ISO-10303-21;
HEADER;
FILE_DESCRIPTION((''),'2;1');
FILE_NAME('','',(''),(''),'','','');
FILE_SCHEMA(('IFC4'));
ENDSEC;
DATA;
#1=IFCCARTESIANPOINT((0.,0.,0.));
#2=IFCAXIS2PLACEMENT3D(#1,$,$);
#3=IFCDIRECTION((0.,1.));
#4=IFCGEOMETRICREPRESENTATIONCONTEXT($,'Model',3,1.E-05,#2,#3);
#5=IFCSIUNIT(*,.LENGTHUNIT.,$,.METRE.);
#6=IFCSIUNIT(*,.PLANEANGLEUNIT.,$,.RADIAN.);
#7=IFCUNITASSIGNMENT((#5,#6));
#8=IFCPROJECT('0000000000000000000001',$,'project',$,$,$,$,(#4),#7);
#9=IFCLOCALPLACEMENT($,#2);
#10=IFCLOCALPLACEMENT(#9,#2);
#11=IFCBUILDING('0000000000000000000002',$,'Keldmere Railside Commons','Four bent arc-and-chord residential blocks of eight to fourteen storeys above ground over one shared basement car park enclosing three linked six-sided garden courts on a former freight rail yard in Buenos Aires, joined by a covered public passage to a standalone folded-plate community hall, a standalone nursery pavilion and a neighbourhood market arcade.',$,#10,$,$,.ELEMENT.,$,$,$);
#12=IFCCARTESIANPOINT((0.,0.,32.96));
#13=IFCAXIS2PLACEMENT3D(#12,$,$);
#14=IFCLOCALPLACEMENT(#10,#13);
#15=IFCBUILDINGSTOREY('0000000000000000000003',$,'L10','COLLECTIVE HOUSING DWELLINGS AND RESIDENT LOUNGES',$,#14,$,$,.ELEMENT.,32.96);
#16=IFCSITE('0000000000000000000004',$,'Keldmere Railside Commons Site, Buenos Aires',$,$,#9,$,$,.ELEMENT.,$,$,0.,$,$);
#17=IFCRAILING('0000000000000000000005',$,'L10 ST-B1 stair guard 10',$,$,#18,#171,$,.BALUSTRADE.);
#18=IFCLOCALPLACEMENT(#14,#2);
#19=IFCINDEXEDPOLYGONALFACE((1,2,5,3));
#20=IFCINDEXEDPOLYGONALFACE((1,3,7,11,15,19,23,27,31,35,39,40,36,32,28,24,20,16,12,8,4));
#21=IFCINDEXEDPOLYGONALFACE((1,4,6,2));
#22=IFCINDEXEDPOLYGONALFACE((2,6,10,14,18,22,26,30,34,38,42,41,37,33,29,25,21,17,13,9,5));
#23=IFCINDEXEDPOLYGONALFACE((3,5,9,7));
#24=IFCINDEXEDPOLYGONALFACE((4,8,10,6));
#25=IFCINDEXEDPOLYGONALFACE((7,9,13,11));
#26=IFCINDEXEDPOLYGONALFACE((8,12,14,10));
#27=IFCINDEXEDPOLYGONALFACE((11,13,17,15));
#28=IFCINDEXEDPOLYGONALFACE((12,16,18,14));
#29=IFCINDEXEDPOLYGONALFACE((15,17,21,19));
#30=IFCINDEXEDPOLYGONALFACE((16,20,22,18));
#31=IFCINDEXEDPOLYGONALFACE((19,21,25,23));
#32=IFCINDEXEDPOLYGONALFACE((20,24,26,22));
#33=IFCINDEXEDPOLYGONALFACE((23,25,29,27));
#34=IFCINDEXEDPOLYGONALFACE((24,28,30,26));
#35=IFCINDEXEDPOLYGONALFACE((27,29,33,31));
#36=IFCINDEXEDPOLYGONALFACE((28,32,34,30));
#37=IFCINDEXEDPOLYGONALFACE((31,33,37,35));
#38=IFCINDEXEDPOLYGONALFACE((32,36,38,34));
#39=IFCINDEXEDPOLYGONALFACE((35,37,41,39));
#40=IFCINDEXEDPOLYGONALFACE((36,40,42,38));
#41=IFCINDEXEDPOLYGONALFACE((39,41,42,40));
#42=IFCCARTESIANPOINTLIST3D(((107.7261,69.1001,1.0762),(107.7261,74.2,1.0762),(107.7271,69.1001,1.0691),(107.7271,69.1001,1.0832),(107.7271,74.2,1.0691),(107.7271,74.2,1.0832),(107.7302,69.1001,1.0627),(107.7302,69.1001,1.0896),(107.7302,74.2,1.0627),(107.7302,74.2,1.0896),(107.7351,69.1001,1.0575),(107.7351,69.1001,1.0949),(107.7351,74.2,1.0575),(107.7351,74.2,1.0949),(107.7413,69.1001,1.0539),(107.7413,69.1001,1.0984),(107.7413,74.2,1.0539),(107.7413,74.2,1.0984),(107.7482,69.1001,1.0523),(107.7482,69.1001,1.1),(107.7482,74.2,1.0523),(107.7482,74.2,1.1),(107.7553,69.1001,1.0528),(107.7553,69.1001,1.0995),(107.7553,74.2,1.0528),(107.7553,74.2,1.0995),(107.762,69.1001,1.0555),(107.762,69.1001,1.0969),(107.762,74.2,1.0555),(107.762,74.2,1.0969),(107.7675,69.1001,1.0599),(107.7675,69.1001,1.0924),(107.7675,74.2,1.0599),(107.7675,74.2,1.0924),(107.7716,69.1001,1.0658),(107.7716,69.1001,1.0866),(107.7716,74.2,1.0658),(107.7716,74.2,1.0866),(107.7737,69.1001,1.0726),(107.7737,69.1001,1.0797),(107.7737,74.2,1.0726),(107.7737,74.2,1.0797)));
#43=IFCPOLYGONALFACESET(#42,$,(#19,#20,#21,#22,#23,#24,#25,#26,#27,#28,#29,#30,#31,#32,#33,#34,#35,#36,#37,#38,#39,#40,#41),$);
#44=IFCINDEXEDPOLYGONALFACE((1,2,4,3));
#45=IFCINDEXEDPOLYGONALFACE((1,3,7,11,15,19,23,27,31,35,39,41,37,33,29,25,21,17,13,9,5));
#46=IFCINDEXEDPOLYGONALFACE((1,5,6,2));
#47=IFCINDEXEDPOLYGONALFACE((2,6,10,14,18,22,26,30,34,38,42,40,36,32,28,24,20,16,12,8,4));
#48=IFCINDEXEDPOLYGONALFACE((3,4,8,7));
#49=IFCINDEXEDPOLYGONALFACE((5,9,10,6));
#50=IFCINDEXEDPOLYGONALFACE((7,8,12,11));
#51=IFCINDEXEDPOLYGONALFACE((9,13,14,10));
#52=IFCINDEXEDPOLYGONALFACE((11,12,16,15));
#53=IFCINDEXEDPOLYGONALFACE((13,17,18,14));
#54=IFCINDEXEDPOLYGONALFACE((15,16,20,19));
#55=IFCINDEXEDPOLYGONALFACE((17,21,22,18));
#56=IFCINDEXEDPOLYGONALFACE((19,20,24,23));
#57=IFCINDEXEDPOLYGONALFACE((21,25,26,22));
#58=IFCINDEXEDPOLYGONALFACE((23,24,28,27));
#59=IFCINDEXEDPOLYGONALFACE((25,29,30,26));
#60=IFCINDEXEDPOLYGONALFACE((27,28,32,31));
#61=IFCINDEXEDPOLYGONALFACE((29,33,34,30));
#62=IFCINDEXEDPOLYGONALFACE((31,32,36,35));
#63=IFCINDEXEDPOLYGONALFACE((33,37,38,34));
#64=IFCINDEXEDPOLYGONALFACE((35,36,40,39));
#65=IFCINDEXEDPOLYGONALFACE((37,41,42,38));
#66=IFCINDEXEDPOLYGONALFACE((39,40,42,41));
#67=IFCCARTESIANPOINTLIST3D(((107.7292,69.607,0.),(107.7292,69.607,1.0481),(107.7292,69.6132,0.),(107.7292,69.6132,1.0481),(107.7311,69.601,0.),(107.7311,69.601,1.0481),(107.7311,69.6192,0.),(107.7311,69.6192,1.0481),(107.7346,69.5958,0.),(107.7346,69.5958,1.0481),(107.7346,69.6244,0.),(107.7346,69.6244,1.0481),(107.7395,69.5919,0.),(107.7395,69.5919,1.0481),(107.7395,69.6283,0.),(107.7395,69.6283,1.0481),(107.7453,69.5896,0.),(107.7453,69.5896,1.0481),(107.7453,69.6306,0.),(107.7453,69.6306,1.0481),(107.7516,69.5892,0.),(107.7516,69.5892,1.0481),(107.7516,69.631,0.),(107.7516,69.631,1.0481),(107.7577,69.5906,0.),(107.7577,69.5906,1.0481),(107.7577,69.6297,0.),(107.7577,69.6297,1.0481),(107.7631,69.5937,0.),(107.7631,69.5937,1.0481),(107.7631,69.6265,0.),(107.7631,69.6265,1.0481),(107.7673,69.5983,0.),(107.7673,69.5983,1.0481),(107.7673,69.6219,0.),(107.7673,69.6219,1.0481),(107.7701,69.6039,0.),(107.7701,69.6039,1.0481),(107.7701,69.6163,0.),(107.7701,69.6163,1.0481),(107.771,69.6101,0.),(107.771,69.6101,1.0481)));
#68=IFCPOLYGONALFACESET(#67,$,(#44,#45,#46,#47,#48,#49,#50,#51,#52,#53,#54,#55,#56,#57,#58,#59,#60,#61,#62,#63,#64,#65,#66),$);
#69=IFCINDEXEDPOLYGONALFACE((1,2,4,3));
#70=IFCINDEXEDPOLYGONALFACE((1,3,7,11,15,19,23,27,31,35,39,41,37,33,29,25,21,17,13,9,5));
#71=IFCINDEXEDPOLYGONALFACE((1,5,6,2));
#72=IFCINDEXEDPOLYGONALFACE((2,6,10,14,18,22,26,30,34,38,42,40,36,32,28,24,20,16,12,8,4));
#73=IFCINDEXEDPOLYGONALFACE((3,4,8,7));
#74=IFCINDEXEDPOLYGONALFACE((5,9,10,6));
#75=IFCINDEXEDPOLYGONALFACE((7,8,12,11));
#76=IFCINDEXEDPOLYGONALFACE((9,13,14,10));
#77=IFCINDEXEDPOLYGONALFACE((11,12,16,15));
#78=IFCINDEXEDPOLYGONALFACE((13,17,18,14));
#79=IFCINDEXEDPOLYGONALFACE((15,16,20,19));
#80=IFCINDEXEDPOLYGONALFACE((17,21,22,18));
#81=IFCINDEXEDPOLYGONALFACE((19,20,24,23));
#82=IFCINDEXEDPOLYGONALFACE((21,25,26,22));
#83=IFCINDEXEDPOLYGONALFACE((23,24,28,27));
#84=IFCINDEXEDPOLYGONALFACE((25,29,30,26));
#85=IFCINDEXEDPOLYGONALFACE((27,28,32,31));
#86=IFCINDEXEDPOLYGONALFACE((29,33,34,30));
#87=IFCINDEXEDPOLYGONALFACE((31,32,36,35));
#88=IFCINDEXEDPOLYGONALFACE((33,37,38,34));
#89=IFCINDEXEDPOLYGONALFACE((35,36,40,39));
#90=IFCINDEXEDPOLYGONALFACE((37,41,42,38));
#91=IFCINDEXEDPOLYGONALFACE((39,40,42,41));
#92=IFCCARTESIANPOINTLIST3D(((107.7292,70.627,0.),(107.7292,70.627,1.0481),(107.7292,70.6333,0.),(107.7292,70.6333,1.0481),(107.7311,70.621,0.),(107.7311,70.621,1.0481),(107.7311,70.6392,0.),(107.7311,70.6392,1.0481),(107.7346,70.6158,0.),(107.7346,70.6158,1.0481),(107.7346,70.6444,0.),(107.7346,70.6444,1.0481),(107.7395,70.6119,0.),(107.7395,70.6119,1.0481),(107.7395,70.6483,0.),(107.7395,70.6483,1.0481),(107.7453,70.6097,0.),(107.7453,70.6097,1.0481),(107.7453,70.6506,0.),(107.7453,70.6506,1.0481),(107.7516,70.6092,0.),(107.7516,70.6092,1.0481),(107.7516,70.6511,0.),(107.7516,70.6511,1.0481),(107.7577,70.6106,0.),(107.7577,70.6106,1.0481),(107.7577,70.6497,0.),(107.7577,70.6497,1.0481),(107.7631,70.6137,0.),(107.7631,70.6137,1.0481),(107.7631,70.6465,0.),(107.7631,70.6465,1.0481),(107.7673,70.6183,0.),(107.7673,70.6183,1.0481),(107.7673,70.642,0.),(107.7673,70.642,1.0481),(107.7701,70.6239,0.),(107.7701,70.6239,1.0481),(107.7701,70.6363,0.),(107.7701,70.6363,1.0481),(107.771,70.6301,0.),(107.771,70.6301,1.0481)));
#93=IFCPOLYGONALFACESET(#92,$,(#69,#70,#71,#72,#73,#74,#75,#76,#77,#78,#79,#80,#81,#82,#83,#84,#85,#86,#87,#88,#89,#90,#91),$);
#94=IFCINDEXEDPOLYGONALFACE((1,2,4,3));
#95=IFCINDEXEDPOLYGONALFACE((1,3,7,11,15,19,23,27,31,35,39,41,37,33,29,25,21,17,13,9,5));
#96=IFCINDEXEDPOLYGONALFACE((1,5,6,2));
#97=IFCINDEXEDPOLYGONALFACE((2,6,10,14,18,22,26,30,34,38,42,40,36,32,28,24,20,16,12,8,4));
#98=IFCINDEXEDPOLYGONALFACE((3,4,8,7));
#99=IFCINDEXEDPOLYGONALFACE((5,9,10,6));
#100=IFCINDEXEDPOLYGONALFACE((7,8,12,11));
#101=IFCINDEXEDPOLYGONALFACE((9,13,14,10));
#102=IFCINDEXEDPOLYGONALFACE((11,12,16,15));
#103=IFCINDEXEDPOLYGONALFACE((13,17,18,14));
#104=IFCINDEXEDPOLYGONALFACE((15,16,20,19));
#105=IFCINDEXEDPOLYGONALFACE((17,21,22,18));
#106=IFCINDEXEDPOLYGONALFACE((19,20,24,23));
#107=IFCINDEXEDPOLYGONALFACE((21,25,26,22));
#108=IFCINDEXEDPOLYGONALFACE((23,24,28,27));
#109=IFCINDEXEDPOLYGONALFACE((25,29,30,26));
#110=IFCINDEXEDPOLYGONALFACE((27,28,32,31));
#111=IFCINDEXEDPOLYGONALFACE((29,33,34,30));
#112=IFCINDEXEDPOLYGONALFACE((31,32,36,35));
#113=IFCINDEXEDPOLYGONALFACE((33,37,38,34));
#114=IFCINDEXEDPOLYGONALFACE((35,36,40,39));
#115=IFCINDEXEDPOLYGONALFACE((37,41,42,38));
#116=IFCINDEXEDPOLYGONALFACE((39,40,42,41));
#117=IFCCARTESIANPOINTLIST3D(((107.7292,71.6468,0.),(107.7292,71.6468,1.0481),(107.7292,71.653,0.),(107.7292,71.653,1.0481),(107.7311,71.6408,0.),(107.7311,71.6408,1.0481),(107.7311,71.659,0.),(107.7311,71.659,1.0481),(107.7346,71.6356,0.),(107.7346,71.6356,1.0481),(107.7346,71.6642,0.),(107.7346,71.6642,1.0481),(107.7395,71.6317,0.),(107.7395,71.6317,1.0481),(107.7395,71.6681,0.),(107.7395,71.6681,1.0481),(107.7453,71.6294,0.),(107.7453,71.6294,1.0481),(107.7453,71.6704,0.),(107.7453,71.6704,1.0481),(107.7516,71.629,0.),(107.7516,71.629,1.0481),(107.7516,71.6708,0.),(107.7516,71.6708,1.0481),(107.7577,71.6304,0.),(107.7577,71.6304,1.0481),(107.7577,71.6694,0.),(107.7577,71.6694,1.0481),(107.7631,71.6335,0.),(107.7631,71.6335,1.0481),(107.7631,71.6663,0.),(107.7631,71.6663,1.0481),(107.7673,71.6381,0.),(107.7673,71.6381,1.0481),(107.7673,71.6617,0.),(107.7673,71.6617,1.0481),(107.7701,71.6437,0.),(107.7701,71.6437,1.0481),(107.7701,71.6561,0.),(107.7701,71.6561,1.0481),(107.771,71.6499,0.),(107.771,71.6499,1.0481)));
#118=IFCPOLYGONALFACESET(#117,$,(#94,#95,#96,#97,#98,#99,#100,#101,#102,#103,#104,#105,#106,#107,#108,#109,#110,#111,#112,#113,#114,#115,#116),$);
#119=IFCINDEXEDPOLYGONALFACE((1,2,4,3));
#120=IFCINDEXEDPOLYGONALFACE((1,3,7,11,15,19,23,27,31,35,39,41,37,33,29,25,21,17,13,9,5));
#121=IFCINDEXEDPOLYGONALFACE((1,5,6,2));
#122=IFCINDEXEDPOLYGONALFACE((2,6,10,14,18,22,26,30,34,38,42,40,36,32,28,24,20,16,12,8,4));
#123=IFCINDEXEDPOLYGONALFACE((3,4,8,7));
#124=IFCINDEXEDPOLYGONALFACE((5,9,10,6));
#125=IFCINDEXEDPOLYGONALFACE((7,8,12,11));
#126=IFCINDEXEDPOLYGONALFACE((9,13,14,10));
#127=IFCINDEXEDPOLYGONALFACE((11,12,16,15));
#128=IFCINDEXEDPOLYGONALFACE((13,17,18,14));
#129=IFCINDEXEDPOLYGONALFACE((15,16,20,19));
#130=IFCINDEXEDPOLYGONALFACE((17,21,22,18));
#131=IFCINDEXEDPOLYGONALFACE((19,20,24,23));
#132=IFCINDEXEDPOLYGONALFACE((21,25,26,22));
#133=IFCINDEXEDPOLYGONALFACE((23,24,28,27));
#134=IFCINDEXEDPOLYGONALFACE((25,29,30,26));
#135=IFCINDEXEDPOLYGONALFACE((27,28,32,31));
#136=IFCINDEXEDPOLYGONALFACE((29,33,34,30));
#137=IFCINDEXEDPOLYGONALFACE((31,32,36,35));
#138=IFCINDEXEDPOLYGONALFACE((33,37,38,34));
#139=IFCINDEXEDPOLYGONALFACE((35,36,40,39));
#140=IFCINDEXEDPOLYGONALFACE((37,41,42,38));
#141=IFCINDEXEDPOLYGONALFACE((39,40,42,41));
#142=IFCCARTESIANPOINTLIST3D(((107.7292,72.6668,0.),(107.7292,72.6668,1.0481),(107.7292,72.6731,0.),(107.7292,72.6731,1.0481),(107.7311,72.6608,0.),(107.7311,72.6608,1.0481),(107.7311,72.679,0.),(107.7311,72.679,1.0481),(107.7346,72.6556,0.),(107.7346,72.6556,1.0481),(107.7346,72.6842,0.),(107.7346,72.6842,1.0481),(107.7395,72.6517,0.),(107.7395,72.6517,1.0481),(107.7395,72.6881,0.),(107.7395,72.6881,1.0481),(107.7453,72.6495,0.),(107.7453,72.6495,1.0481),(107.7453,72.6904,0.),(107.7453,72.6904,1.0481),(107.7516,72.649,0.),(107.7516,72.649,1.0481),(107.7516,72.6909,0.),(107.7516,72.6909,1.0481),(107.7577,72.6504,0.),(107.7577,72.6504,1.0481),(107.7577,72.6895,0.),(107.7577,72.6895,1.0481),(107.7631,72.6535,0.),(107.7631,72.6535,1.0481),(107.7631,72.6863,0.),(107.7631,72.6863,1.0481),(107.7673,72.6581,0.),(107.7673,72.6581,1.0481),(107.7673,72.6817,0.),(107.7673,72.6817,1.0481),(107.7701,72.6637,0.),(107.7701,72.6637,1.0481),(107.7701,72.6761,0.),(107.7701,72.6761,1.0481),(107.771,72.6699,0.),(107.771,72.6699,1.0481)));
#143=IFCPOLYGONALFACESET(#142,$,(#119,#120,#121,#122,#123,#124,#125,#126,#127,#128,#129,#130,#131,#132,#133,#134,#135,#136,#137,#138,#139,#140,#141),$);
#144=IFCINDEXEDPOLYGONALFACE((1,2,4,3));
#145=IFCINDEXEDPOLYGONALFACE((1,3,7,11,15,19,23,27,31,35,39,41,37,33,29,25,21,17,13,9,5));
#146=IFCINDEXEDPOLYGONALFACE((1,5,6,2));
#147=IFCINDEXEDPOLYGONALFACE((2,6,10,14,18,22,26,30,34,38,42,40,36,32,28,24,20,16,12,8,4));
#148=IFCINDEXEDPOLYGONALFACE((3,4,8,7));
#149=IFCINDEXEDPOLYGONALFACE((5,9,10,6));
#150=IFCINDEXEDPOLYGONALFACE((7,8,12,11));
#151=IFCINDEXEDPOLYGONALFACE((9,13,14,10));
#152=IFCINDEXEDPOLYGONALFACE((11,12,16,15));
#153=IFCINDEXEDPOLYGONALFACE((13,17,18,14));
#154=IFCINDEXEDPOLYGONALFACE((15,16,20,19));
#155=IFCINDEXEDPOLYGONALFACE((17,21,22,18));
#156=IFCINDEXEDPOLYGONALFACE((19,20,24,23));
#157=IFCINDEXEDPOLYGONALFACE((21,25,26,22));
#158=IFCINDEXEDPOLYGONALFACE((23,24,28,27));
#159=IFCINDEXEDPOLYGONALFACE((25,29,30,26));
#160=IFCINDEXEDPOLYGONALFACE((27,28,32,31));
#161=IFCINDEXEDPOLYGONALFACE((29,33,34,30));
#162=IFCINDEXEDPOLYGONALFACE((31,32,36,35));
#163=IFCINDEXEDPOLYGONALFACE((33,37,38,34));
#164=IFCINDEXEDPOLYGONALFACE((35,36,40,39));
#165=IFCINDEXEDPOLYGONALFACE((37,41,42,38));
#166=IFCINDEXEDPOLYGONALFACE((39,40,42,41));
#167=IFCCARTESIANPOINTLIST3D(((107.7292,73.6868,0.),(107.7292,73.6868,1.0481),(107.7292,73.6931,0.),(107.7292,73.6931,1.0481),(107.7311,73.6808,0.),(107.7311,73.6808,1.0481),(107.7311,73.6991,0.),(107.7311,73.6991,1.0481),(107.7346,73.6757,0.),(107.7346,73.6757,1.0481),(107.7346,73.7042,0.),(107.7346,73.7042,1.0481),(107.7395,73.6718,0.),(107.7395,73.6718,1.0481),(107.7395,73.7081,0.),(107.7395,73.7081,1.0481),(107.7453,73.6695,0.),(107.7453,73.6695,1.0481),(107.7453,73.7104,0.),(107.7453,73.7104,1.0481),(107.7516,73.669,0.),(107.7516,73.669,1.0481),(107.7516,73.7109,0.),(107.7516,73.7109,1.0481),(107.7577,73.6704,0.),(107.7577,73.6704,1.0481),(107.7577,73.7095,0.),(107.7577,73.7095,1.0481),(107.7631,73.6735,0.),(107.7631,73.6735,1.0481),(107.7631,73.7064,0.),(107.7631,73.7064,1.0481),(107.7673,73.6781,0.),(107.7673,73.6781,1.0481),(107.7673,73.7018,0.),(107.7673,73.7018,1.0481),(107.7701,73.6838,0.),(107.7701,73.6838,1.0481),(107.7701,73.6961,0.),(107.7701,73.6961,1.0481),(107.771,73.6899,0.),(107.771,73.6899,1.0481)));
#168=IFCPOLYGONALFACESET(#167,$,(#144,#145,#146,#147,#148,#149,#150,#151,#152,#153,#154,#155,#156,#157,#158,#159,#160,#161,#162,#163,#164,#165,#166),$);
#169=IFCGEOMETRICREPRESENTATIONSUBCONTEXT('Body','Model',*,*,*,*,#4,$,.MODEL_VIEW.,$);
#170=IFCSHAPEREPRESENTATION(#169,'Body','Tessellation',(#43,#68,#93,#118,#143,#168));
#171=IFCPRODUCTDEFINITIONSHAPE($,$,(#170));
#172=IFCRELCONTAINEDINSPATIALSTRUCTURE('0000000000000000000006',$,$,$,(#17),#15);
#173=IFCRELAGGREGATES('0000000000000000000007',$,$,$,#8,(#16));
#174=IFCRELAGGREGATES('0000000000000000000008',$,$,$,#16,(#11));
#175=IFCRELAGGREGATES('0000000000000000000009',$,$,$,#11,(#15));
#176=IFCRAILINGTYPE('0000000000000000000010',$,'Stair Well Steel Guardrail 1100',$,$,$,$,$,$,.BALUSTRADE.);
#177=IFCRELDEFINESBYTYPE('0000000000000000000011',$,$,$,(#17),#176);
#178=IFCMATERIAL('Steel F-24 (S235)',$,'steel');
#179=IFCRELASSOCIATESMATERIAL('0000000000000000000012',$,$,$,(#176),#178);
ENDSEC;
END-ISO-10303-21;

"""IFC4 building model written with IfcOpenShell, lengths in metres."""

from ifc_helpers import new_model, si_unit, direction, frame, origin, origin_2d, place, context, subcontext, project, spatial, circle, extrude, material, type_object, element, save


model = new_model("IFC4")

# Units and contexts
model_context = context("Model", 3, precision=1e-05, world=origin(), true_north=direction((0.0, 1.0)))
body_context = subcontext(model_context, "Body", "Model", "MODEL_VIEW")
ifc_project = project(units=[si_unit("LENGTHUNIT", "METRE"), si_unit("PLANEANGLEUNIT", "RADIAN")], contexts=[model_context])

# Site, building, storey
site_placement = place(None, origin())
site = spatial("IfcSite", under=ifc_project, at=site_placement, Name="Keldmere Railside Commons Site, Buenos Aires", CompositionType="ELEMENT", RefElevation=0.0)
building_placement = place(site_placement, origin())
building = spatial("IfcBuilding", under=site, at=building_placement, Name="Keldmere Railside Commons", Description="Four bent arc-and-chord residential blocks of eight to fourteen storeys above ground over one shared basement car park enclosing three linked six-sided garden courts on a former freight rail yard in Buenos Aires, joined by a covered public passage to a standalone folded-plate community hall, a standalone nursery pavilion and a neighbourhood market arcade.", CompositionType="ELEMENT")
storey_placement = place(building_placement, frame((0.0, 0.0, 32.96)))
storey = spatial("IfcBuildingStorey", under=building, at=storey_placement, Name="L10", Description="COLLECTIVE HOUSING DWELLINGS AND RESIDENT LOUNGES", CompositionType="ELEMENT", Elevation=32.96)

# Shared definitions
ifc_material_1 = material(Name="Steel F-24 (S235)", Category="steel")

# Railing
railing_type_1 = type_object("IfcRailingType", Name="Stair Well Steel Guardrail 1100", PredefinedType="BALUSTRADE", material=ifc_material_1)
for number, where, name in (
    (1, (107.75, 69.1001, 0.0), "L10 ST-B1 stair guard 10"),
):
    element("IfcRailing", number, at=place(storey_placement, frame(where)), inside=storey, type_object=railing_type_1, Name=name, PredefinedType="BALUSTRADE", context=body_context, shape_type="SweptSolid", body=[
        extrude(circle(Radius=0.0239, at=origin_2d()), frame((0.0, 0.0, 1.0762), z_axis=(0.0, 1.0, 0.0), x_axis=(-1.0, 0.0, 0.0)), (0.0, 0.0, 1.0), 5.0999),
        extrude(circle(Radius=0.021, at=origin_2d()), frame((0.0, 0.51, 0.0)), (0.0, 0.0, 1.0), 1.0481),
        extrude(circle(Radius=0.021, at=origin_2d()), frame((0.0, 1.53, 0.0)), (0.0, 0.0, 1.0), 1.0481),
        extrude(circle(Radius=0.021, at=origin_2d()), frame((0.0, 2.5498, 0.0)), (0.0, 0.0, 1.0), 1.0481),
        extrude(circle(Radius=0.021, at=origin_2d()), frame((0.0, 3.5698, 0.0)), (0.0, 0.0, 1.0), 1.0481),
        extrude(circle(Radius=0.021, at=origin_2d()), frame((0.0, 4.5898, 0.0)), (0.0, 0.0, 1.0), 1.0481),
    ])

save(model, "model.ifc")
